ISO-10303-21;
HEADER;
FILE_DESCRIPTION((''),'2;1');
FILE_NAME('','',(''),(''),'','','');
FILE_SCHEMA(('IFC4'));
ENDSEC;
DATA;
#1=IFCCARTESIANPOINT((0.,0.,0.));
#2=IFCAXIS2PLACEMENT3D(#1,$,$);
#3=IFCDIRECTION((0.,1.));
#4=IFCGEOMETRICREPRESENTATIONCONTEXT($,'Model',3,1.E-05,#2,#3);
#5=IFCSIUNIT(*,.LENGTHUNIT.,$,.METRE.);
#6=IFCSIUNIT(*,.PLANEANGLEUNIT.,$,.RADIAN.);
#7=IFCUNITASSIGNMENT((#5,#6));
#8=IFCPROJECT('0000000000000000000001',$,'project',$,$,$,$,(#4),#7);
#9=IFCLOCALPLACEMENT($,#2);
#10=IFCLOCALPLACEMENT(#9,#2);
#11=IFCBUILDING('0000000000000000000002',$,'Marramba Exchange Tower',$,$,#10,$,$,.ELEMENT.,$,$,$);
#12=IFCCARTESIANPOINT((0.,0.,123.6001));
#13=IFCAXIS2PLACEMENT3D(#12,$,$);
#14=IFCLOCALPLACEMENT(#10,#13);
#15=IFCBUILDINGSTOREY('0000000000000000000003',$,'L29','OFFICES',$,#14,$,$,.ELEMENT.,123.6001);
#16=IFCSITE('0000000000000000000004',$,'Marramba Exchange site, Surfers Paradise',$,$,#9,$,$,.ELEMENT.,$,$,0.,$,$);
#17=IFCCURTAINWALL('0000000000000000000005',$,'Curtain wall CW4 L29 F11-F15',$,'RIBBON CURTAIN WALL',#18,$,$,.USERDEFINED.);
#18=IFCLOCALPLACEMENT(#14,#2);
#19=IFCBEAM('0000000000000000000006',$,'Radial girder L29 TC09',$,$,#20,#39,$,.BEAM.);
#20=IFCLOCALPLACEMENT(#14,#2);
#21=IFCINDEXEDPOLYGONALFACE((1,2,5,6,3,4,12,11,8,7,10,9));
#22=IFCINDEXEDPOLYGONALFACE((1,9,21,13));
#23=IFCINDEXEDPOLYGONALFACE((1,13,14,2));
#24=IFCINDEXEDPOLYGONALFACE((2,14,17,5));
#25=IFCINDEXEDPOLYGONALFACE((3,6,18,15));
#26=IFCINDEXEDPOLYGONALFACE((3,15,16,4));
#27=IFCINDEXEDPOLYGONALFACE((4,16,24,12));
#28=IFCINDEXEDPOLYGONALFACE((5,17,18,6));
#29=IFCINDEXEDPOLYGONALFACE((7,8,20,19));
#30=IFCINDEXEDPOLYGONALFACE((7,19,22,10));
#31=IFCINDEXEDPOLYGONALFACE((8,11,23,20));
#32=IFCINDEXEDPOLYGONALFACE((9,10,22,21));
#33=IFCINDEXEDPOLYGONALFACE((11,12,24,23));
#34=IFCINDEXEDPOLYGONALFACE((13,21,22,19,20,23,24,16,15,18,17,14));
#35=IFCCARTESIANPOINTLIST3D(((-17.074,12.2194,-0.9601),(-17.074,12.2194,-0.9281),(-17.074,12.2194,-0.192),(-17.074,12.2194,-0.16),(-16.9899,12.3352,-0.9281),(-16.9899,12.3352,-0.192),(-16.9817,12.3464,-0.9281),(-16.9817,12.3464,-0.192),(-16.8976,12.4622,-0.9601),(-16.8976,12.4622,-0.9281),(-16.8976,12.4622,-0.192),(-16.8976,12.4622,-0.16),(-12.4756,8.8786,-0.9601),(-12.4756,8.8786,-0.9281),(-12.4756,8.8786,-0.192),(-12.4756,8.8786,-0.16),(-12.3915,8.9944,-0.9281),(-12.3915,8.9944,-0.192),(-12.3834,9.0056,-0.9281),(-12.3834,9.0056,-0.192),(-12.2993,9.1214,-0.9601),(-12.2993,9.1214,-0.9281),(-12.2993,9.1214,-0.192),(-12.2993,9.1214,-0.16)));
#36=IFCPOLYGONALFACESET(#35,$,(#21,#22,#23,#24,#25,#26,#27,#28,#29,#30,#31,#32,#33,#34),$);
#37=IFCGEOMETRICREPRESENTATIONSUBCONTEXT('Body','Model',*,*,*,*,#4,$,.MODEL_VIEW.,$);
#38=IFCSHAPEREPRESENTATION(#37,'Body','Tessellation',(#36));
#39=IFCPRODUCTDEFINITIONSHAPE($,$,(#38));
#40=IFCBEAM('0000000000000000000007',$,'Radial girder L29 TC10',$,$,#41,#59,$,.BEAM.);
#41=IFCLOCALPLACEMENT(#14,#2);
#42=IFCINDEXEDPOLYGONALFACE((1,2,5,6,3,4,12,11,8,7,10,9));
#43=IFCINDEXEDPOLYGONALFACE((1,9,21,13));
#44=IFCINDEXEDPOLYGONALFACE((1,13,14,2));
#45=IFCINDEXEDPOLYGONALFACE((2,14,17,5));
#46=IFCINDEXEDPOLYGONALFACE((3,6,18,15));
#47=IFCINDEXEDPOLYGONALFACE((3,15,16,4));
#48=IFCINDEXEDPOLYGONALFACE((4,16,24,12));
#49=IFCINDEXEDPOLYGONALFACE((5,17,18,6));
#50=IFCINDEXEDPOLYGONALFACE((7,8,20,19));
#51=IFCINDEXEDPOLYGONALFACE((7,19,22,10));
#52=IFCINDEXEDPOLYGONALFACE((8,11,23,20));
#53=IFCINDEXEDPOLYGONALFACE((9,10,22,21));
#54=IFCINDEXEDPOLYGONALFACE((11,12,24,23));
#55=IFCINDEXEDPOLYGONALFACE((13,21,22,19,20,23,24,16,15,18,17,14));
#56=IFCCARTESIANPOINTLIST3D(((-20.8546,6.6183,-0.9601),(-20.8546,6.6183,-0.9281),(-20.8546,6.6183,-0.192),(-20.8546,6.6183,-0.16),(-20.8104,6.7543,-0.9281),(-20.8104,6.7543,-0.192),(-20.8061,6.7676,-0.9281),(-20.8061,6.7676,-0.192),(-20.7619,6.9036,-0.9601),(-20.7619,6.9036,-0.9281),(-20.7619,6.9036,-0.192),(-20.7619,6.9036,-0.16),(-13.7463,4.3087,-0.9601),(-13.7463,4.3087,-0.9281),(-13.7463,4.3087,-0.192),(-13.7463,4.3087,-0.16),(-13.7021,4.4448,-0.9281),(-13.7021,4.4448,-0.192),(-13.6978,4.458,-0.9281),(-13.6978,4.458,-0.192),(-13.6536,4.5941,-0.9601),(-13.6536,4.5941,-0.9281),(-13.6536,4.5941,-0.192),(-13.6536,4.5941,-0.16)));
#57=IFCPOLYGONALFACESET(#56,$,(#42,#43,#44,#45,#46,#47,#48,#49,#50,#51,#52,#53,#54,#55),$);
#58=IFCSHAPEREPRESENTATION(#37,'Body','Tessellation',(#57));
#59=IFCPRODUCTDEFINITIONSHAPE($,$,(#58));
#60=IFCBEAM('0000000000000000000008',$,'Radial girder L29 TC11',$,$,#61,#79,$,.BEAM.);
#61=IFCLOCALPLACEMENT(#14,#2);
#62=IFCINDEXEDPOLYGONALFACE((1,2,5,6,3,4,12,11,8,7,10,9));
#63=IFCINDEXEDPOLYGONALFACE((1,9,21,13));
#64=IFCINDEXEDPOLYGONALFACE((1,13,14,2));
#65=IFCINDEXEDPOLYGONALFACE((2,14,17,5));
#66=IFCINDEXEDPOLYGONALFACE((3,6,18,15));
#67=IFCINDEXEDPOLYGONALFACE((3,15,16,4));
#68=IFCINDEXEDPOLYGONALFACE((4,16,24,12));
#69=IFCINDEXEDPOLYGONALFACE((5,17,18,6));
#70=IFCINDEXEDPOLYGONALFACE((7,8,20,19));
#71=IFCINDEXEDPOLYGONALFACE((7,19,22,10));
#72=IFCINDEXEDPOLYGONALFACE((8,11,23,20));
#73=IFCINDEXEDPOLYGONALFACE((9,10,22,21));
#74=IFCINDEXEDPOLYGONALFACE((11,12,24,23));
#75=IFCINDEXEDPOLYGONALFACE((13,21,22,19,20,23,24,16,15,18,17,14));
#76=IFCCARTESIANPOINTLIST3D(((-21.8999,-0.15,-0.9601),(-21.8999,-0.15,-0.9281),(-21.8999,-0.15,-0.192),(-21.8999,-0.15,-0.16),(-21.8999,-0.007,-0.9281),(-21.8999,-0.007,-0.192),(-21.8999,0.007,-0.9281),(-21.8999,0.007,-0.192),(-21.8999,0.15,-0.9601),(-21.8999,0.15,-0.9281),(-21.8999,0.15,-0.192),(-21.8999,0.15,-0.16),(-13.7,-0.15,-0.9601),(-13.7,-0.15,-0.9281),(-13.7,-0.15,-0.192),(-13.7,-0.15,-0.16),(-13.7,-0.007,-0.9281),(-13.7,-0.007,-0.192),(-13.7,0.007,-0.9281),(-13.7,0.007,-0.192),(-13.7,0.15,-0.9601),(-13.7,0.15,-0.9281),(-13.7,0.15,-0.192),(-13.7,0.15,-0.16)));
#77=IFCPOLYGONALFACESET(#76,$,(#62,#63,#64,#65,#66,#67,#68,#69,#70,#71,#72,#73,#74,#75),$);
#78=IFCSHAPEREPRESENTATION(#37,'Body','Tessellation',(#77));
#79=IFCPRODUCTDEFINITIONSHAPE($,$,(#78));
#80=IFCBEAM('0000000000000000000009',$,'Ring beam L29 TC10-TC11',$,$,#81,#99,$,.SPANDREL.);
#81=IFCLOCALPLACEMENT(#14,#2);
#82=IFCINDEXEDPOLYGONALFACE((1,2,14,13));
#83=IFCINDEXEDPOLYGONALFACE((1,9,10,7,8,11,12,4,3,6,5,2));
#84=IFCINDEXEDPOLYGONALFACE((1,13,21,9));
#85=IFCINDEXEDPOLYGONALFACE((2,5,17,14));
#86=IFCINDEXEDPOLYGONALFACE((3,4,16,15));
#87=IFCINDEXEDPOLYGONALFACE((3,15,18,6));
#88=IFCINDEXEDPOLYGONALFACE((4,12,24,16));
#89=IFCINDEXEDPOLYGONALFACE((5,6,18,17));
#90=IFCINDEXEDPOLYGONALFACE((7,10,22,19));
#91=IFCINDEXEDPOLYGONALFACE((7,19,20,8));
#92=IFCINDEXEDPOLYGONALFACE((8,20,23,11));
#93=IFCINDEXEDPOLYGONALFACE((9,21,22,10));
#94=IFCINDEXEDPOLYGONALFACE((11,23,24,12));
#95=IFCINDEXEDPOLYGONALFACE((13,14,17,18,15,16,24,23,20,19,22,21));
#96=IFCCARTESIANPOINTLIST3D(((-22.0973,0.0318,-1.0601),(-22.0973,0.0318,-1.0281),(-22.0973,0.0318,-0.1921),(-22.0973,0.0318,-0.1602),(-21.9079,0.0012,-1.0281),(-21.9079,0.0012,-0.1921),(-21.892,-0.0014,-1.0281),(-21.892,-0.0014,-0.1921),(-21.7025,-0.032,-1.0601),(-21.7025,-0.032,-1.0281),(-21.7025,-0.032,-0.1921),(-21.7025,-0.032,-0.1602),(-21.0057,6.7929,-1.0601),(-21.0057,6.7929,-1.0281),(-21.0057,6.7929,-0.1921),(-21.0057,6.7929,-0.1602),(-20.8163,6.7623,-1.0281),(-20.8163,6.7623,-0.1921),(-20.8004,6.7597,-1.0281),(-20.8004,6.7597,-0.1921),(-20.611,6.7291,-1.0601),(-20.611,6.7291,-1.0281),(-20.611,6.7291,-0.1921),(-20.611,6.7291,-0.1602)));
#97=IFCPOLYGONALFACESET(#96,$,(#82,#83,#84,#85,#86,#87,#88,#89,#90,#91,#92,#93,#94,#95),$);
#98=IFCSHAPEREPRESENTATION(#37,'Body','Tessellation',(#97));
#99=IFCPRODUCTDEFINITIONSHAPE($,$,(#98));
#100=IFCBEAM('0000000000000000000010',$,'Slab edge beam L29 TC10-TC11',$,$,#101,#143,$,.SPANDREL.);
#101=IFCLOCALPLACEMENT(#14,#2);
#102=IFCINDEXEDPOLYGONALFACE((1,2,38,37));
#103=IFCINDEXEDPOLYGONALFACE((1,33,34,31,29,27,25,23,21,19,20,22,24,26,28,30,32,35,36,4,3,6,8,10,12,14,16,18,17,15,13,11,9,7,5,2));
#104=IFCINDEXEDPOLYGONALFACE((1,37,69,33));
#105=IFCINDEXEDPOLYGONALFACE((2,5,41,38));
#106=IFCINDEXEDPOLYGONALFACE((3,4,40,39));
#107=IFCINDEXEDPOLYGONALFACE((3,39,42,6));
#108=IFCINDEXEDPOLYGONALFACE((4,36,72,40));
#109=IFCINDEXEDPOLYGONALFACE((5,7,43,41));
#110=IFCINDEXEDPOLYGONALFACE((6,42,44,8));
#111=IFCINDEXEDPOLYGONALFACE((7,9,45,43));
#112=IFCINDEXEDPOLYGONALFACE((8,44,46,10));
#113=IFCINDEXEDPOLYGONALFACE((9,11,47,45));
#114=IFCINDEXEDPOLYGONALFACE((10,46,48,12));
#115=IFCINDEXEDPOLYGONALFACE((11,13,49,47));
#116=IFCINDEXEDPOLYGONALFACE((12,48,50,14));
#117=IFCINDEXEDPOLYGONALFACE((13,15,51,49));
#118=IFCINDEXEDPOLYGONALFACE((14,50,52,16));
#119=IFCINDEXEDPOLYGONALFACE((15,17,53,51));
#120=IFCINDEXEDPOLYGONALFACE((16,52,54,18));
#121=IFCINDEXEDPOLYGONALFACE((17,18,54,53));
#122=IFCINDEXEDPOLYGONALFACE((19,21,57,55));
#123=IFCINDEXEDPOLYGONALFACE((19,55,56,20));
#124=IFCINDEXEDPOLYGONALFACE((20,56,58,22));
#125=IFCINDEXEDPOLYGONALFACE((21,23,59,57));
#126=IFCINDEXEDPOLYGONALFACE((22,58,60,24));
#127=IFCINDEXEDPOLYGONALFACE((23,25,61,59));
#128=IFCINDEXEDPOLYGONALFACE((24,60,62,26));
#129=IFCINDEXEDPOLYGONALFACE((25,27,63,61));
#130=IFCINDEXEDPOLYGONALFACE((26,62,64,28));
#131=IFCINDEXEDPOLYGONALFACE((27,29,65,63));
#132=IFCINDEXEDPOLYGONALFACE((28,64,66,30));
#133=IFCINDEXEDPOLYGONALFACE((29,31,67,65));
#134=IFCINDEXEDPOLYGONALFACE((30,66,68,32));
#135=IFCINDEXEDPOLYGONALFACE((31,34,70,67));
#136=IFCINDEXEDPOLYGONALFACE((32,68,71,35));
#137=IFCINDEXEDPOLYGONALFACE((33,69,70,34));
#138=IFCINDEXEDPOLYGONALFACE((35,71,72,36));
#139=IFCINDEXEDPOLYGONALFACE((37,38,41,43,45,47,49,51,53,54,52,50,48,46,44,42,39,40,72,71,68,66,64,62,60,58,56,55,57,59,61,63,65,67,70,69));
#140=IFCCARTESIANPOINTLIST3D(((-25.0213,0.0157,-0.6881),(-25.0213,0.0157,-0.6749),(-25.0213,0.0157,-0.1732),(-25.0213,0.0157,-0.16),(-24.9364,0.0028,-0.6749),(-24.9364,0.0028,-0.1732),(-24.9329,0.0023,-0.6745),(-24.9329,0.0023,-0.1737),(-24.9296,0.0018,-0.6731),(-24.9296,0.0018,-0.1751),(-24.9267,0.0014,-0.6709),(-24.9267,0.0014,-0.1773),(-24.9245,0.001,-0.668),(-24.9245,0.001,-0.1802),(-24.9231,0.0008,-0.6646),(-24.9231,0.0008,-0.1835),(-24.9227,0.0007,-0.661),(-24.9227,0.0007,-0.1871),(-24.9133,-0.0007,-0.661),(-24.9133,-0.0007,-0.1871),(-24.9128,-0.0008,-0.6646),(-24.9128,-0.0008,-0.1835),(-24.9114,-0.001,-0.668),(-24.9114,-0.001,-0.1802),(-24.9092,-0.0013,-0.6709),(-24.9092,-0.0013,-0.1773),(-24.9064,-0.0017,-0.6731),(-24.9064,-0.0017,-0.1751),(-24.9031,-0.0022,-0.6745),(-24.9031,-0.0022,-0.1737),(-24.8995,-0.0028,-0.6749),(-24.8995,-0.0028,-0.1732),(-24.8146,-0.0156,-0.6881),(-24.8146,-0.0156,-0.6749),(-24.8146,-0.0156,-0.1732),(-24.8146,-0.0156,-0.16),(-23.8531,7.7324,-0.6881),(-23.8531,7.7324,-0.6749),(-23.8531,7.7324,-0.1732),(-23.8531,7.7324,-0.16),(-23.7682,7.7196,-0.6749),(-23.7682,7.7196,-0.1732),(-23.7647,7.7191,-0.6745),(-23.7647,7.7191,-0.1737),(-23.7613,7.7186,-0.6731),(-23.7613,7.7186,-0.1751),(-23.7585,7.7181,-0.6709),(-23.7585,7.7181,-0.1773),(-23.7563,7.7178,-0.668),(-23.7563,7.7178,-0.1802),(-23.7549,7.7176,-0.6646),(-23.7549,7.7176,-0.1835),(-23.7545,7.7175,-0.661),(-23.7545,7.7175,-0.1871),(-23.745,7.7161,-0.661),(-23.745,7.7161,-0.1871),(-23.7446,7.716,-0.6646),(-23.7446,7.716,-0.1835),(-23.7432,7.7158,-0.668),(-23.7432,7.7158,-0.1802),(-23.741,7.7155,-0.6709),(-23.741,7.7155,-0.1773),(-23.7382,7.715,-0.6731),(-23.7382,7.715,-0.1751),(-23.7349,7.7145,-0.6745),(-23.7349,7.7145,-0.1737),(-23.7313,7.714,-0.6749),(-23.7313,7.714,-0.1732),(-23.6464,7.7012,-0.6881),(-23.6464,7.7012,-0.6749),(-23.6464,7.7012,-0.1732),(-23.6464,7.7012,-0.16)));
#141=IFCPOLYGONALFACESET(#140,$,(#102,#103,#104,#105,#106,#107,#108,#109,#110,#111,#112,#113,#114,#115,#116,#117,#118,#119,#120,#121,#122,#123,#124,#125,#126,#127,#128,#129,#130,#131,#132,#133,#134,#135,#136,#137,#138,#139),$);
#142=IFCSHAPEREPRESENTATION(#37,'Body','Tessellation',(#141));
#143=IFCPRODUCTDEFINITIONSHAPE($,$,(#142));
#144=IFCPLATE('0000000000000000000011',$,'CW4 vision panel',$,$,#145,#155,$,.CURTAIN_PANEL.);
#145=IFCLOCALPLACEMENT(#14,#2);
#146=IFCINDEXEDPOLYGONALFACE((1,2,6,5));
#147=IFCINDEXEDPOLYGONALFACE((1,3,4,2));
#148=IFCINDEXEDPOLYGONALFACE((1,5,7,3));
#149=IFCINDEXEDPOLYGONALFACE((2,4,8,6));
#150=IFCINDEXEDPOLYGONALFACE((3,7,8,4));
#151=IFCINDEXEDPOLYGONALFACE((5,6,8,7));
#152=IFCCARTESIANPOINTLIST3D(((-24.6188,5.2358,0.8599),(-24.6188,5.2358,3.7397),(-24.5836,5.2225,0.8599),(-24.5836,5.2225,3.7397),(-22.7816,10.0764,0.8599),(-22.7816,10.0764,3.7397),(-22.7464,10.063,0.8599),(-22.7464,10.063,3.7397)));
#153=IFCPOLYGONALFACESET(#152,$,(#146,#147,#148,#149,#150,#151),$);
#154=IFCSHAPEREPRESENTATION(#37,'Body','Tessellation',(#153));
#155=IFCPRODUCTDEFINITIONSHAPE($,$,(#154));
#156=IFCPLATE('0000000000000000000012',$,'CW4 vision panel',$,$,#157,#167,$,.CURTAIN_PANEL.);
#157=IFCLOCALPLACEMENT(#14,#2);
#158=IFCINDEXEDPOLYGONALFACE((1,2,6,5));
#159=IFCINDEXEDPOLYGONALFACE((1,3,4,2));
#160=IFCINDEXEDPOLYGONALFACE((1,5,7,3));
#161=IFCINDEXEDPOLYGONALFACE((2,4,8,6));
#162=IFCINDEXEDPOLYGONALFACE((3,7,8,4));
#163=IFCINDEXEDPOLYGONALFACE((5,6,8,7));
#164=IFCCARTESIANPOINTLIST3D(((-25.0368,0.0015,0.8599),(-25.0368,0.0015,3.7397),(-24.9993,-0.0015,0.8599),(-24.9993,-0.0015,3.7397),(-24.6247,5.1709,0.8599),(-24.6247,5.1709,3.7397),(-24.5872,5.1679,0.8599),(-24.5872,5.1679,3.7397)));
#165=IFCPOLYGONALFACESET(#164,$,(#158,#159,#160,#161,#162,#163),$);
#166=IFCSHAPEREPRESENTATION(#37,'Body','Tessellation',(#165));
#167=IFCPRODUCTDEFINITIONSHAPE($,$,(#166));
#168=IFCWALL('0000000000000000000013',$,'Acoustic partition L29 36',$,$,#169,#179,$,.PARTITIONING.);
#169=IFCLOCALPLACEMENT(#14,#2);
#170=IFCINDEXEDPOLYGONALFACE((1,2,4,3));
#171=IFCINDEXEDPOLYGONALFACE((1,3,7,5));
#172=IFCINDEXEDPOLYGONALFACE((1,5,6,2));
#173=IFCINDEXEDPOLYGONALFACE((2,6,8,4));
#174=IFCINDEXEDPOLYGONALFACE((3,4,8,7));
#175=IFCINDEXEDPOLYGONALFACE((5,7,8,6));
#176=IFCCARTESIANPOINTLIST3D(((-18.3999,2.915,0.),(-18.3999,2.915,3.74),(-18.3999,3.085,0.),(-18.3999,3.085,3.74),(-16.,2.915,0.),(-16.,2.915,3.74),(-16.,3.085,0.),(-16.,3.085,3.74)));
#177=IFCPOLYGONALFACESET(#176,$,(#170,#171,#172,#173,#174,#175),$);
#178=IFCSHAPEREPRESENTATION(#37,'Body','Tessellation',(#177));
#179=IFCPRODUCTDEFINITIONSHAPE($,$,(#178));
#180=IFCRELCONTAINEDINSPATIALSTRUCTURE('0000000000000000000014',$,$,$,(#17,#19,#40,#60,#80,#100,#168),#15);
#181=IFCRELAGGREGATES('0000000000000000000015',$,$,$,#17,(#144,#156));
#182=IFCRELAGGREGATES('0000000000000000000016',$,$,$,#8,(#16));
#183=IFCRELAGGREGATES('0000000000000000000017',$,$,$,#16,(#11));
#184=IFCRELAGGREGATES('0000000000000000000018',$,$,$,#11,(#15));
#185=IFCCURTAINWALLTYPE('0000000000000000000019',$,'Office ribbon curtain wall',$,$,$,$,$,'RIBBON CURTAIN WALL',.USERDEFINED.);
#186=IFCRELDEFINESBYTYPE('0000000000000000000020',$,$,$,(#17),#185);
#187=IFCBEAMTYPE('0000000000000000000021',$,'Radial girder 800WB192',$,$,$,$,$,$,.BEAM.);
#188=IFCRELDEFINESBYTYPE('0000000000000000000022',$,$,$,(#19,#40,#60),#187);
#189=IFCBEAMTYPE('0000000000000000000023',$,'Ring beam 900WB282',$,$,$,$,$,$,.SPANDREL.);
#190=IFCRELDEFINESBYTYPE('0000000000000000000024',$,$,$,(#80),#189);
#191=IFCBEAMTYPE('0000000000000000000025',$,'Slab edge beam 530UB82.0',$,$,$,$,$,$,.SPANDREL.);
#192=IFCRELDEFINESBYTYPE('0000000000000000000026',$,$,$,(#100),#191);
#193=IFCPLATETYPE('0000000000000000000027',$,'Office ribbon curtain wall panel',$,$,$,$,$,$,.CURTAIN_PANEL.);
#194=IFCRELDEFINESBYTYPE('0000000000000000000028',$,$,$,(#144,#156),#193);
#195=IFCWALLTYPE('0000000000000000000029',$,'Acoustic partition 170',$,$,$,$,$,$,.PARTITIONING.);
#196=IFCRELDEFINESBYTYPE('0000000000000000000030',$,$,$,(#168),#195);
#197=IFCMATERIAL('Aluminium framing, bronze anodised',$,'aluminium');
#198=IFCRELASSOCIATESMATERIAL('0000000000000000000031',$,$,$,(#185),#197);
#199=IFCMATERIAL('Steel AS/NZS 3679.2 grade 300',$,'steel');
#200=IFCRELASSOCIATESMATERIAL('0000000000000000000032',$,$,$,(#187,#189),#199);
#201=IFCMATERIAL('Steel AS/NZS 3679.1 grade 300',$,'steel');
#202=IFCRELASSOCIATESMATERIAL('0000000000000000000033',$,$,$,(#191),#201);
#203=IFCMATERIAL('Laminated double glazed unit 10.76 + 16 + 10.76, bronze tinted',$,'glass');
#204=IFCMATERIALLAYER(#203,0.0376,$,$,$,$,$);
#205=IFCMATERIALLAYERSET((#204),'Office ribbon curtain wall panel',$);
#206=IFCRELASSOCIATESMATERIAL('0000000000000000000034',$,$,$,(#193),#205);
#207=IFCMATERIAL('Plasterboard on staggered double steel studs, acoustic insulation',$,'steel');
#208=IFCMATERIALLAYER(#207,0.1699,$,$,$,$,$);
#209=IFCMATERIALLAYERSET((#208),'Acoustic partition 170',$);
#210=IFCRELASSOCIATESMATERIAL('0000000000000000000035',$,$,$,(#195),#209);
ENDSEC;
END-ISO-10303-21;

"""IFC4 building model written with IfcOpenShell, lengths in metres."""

from ifc_helpers import new_model, si_unit, direction, frame, frame_2d, origin, origin_2d, place, context, subcontext, project, spatial, rectangle, i_section, extrude, material, layer, layer_set, material_profile, profile_set, type_object, element, aggregate, save


model = new_model("IFC4")

# Units and contexts
model_context = context("Model", 3, precision=1e-05, world=origin(), true_north=direction((0.0, 1.0)))
body_context = subcontext(model_context, "Body", "Model", "MODEL_VIEW")
ifc_project = project(units=[si_unit("LENGTHUNIT", "METRE"), si_unit("PLANEANGLEUNIT", "RADIAN")], contexts=[model_context])

# Site, building, storey
site_placement = place(None, origin())
site = spatial("IfcSite", under=ifc_project, at=site_placement, Name="Marramba Exchange site, Surfers Paradise", CompositionType="ELEMENT", RefElevation=0.0)
building_placement = place(site_placement, origin())
building = spatial("IfcBuilding", under=site, at=building_placement, Name="Marramba Exchange Tower", CompositionType="ELEMENT")
storey_placement = place(building_placement, frame((0.0, 0.0, 123.6001)))
storey = spatial("IfcBuildingStorey", under=building, at=storey_placement, Name="L29", Description="OFFICES", CompositionType="ELEMENT", Elevation=123.6001)

# Shared definitions
ifc_material_1 = material(Name="Steel AS/NZS 3679.2 grade 300", Category="steel")
ifc_material_2 = material(Name="Steel AS/NZS 3679.1 grade 300", Category="steel")

# Curtain wall
ifc_material_3 = material(Name="Aluminium framing, bronze anodised", Category="aluminium")
curtain_wall_type = type_object("IfcCurtainWallType", Name="Office ribbon curtain wall", ElementType="RIBBON CURTAIN WALL", PredefinedType="USERDEFINED", material=ifc_material_3)
curtain_wall_placement = place(storey_placement, origin())
curtain_wall = element("IfcCurtainWall", 1, at=curtain_wall_placement, inside=storey, type_object=curtain_wall_type, Name="Curtain wall CW4 L29 F11-F15", ObjectType="RIBBON CURTAIN WALL", PredefinedType="USERDEFINED")

# Beams
ifc_material_profile_1 = material_profile(ifc_material_1, i_section(OverallWidth=0.3, OverallDepth=0.8, WebThickness=0.0139, FlangeThickness=0.032, at=origin_2d()), Name="800WB192")
ifc_profile_set_1 = profile_set([ifc_material_profile_1], Name="Steel AS/NZS 3679.2 grade 300")
beam_type_1 = type_object("IfcBeamType", Name="Radial girder 800WB192", PredefinedType="BEAM", material=ifc_profile_set_1)
beam_1_placement = place(storey_placement, frame((-12.3875, 9.0, -0.5601), z_axis=(-0.809026, 0.587773, 0.0), x_axis=(-0.587773, -0.809026, 0.0)))
element("IfcBeam", 2, at=beam_1_placement, inside=storey, type_object=beam_type_1, Name="Radial girder L29 TC09", PredefinedType="BEAM", context=body_context, shape_type="SweptSolid", body=[
    extrude(i_section(OverallWidth=0.3, OverallDepth=0.8, WebThickness=0.0139, FlangeThickness=0.032, at=origin_2d()), origin(), (0.0, 0.0, 1.0), 5.6838),
])
beam_2_placement = place(storey_placement, frame((-13.7, 4.4514, -0.5601), z_axis=(-0.95106, 0.309006, 0.0), x_axis=(-0.309006, -0.95106, 0.0)))
element("IfcBeam", 3, at=beam_2_placement, inside=storey, type_object=beam_type_1, Name="Radial girder L29 TC10", PredefinedType="BEAM", context=body_context, shape_type="SweptSolid", body=[
    extrude(i_section(OverallWidth=0.3, OverallDepth=0.8, WebThickness=0.0139, FlangeThickness=0.032, at=origin_2d()), origin(), (0.0, 0.0, 1.0), 7.4741),
])
beam_3_placement = place(storey_placement, frame((-13.7, 0.0, -0.5601), z_axis=(-1.0, 0.0, 0.0), x_axis=(0.0, -1.0, 0.0)))
element("IfcBeam", 4, at=beam_3_placement, inside=storey, type_object=beam_type_1, Name="Radial girder L29 TC11", PredefinedType="BEAM", context=body_context, shape_type="SweptSolid", body=[
    extrude(i_section(OverallWidth=0.3, OverallDepth=0.8, WebThickness=0.0139, FlangeThickness=0.032, at=origin_2d()), origin(), (0.0, 0.0, 1.0), 8.2),
])
ifc_material_profile_2 = material_profile(ifc_material_1, i_section(OverallWidth=0.3999, OverallDepth=0.8999, WebThickness=0.0161, FlangeThickness=0.032, at=origin_2d()), Name="900WB282")
ifc_profile_set_2 = profile_set([ifc_material_profile_2], Name="Steel AS/NZS 3679.2 grade 300")
beam_type_2 = type_object("IfcBeamType", Name="Ring beam 900WB282", PredefinedType="SPANDREL", material=ifc_profile_set_2)
beam_4_placement = place(storey_placement, frame((-20.8083, 6.761, -0.6101), z_axis=(-0.159385, -0.987217, 0.0), x_axis=(0.987217, -0.159385, 0.0)))
element("IfcBeam", 5, at=beam_4_placement, inside=storey, type_object=beam_type_2, Name="Ring beam L29 TC10-TC11", PredefinedType="SPANDREL", context=body_context, shape_type="SweptSolid", body=[
    extrude(i_section(OverallWidth=0.3999, OverallDepth=0.8999, WebThickness=0.0161, FlangeThickness=0.032, at=origin_2d()), origin(), (0.0, 0.0, 1.0), 6.8486),
])
ifc_material_profile_3 = material_profile(ifc_material_2, i_section(OverallWidth=0.209, OverallDepth=0.5281, WebThickness=0.0095, FlangeThickness=0.0132, FilletRadius=0.0139, at=origin_2d()), Name="530UB82.0")
ifc_profile_set_3 = profile_set([ifc_material_profile_3], Name="Steel AS/NZS 3679.1 grade 300")
beam_type_3 = type_object("IfcBeamType", Name="Slab edge beam 530UB82.0", PredefinedType="SPANDREL", material=ifc_profile_set_3)
beam_5_placement = place(storey_placement, frame((-23.7498, 7.7168, -0.4241), z_axis=(-0.14968, -0.988734, 0.0), x_axis=(0.988734, -0.14968, 0.0)))
element("IfcBeam", 6, at=beam_5_placement, inside=storey, type_object=beam_type_3, Name="Slab edge beam L29 TC10-TC11", PredefinedType="SPANDREL", context=body_context, shape_type="SweptSolid", body=[
    extrude(i_section(OverallWidth=0.209, OverallDepth=0.5281, WebThickness=0.0095, FlangeThickness=0.0132, FilletRadius=0.0139, at=origin_2d()), origin(), (0.0, 0.0, 1.0), 7.8047),
])

# Plates
ifc_material_4 = material(Name="Laminated double glazed unit 10.76 + 16 + 10.76, bronze tinted", Category="glass")
ifc_layer_1 = layer(ifc_material_4, 0.0376)
ifc_layer_set_1 = layer_set([ifc_layer_1], Name="Office ribbon curtain wall panel")
plate_type = type_object("IfcPlateType", Name="Office ribbon curtain wall panel", PredefinedType="CURTAIN_PANEL", material=ifc_layer_set_1)
plate_1_placement = place(storey_placement, frame((-23.6826, 7.6494, 0.8599), z_axis=(0.0, 0.0, 1.0), x_axis=(-0.354844, -0.934925, 0.0)))
plate_1 = element("IfcPlate", 7, at=plate_1_placement, type_object=plate_type, Name="CW4 vision panel", PredefinedType="CURTAIN_PANEL", context=body_context, shape_type="SweptSolid", body=[
    extrude(rectangle(XDim=5.1775, YDim=0.0376, at=origin_2d()), origin(), (0.0, 0.0, 1.0), 2.8799),
])
plate_2_placement = place(storey_placement, frame((-24.812, 2.5847, 0.8599), z_axis=(0.0, 0.0, 1.0), x_axis=(-0.07946, -0.996838, 0.0)))
plate_2 = element("IfcPlate", 8, at=plate_2_placement, type_object=plate_type, Name="CW4 vision panel", PredefinedType="CURTAIN_PANEL", context=body_context, shape_type="SweptSolid", body=[
    extrude(rectangle(XDim=5.1858, YDim=0.0376, at=origin_2d()), origin(), (0.0, 0.0, 1.0), 2.8799),
])
aggregate(curtain_wall, [plate_1, plate_2])

# Wall
ifc_material_5 = material(Name="Plasterboard on staggered double steel studs, acoustic insulation", Category="steel")
ifc_layer_2 = layer(ifc_material_5, 0.1699)
ifc_layer_set_2 = layer_set([ifc_layer_2], Name="Acoustic partition 170")
wall_type_1 = type_object("IfcWallType", Name="Acoustic partition 170", PredefinedType="PARTITIONING", material=ifc_layer_set_2)
wall_1_placement = place(storey_placement, frame((-16.0, 3.0, 0.0), z_axis=(0.0, 0.0, 1.0), x_axis=(-1.0, 0.0, 0.0)))
element("IfcWall", 9, at=wall_1_placement, inside=storey, type_object=wall_type_1, Name="Acoustic partition L29 36", PredefinedType="PARTITIONING", context=body_context, shape_type="SweptSolid", body=[
    extrude(rectangle(XDim=2.3999, YDim=0.1699, at=frame_2d((1.2, 0.0))), origin(), (0.0, 0.0, 1.0), 3.74),
])

save(model, "model.ifc")
